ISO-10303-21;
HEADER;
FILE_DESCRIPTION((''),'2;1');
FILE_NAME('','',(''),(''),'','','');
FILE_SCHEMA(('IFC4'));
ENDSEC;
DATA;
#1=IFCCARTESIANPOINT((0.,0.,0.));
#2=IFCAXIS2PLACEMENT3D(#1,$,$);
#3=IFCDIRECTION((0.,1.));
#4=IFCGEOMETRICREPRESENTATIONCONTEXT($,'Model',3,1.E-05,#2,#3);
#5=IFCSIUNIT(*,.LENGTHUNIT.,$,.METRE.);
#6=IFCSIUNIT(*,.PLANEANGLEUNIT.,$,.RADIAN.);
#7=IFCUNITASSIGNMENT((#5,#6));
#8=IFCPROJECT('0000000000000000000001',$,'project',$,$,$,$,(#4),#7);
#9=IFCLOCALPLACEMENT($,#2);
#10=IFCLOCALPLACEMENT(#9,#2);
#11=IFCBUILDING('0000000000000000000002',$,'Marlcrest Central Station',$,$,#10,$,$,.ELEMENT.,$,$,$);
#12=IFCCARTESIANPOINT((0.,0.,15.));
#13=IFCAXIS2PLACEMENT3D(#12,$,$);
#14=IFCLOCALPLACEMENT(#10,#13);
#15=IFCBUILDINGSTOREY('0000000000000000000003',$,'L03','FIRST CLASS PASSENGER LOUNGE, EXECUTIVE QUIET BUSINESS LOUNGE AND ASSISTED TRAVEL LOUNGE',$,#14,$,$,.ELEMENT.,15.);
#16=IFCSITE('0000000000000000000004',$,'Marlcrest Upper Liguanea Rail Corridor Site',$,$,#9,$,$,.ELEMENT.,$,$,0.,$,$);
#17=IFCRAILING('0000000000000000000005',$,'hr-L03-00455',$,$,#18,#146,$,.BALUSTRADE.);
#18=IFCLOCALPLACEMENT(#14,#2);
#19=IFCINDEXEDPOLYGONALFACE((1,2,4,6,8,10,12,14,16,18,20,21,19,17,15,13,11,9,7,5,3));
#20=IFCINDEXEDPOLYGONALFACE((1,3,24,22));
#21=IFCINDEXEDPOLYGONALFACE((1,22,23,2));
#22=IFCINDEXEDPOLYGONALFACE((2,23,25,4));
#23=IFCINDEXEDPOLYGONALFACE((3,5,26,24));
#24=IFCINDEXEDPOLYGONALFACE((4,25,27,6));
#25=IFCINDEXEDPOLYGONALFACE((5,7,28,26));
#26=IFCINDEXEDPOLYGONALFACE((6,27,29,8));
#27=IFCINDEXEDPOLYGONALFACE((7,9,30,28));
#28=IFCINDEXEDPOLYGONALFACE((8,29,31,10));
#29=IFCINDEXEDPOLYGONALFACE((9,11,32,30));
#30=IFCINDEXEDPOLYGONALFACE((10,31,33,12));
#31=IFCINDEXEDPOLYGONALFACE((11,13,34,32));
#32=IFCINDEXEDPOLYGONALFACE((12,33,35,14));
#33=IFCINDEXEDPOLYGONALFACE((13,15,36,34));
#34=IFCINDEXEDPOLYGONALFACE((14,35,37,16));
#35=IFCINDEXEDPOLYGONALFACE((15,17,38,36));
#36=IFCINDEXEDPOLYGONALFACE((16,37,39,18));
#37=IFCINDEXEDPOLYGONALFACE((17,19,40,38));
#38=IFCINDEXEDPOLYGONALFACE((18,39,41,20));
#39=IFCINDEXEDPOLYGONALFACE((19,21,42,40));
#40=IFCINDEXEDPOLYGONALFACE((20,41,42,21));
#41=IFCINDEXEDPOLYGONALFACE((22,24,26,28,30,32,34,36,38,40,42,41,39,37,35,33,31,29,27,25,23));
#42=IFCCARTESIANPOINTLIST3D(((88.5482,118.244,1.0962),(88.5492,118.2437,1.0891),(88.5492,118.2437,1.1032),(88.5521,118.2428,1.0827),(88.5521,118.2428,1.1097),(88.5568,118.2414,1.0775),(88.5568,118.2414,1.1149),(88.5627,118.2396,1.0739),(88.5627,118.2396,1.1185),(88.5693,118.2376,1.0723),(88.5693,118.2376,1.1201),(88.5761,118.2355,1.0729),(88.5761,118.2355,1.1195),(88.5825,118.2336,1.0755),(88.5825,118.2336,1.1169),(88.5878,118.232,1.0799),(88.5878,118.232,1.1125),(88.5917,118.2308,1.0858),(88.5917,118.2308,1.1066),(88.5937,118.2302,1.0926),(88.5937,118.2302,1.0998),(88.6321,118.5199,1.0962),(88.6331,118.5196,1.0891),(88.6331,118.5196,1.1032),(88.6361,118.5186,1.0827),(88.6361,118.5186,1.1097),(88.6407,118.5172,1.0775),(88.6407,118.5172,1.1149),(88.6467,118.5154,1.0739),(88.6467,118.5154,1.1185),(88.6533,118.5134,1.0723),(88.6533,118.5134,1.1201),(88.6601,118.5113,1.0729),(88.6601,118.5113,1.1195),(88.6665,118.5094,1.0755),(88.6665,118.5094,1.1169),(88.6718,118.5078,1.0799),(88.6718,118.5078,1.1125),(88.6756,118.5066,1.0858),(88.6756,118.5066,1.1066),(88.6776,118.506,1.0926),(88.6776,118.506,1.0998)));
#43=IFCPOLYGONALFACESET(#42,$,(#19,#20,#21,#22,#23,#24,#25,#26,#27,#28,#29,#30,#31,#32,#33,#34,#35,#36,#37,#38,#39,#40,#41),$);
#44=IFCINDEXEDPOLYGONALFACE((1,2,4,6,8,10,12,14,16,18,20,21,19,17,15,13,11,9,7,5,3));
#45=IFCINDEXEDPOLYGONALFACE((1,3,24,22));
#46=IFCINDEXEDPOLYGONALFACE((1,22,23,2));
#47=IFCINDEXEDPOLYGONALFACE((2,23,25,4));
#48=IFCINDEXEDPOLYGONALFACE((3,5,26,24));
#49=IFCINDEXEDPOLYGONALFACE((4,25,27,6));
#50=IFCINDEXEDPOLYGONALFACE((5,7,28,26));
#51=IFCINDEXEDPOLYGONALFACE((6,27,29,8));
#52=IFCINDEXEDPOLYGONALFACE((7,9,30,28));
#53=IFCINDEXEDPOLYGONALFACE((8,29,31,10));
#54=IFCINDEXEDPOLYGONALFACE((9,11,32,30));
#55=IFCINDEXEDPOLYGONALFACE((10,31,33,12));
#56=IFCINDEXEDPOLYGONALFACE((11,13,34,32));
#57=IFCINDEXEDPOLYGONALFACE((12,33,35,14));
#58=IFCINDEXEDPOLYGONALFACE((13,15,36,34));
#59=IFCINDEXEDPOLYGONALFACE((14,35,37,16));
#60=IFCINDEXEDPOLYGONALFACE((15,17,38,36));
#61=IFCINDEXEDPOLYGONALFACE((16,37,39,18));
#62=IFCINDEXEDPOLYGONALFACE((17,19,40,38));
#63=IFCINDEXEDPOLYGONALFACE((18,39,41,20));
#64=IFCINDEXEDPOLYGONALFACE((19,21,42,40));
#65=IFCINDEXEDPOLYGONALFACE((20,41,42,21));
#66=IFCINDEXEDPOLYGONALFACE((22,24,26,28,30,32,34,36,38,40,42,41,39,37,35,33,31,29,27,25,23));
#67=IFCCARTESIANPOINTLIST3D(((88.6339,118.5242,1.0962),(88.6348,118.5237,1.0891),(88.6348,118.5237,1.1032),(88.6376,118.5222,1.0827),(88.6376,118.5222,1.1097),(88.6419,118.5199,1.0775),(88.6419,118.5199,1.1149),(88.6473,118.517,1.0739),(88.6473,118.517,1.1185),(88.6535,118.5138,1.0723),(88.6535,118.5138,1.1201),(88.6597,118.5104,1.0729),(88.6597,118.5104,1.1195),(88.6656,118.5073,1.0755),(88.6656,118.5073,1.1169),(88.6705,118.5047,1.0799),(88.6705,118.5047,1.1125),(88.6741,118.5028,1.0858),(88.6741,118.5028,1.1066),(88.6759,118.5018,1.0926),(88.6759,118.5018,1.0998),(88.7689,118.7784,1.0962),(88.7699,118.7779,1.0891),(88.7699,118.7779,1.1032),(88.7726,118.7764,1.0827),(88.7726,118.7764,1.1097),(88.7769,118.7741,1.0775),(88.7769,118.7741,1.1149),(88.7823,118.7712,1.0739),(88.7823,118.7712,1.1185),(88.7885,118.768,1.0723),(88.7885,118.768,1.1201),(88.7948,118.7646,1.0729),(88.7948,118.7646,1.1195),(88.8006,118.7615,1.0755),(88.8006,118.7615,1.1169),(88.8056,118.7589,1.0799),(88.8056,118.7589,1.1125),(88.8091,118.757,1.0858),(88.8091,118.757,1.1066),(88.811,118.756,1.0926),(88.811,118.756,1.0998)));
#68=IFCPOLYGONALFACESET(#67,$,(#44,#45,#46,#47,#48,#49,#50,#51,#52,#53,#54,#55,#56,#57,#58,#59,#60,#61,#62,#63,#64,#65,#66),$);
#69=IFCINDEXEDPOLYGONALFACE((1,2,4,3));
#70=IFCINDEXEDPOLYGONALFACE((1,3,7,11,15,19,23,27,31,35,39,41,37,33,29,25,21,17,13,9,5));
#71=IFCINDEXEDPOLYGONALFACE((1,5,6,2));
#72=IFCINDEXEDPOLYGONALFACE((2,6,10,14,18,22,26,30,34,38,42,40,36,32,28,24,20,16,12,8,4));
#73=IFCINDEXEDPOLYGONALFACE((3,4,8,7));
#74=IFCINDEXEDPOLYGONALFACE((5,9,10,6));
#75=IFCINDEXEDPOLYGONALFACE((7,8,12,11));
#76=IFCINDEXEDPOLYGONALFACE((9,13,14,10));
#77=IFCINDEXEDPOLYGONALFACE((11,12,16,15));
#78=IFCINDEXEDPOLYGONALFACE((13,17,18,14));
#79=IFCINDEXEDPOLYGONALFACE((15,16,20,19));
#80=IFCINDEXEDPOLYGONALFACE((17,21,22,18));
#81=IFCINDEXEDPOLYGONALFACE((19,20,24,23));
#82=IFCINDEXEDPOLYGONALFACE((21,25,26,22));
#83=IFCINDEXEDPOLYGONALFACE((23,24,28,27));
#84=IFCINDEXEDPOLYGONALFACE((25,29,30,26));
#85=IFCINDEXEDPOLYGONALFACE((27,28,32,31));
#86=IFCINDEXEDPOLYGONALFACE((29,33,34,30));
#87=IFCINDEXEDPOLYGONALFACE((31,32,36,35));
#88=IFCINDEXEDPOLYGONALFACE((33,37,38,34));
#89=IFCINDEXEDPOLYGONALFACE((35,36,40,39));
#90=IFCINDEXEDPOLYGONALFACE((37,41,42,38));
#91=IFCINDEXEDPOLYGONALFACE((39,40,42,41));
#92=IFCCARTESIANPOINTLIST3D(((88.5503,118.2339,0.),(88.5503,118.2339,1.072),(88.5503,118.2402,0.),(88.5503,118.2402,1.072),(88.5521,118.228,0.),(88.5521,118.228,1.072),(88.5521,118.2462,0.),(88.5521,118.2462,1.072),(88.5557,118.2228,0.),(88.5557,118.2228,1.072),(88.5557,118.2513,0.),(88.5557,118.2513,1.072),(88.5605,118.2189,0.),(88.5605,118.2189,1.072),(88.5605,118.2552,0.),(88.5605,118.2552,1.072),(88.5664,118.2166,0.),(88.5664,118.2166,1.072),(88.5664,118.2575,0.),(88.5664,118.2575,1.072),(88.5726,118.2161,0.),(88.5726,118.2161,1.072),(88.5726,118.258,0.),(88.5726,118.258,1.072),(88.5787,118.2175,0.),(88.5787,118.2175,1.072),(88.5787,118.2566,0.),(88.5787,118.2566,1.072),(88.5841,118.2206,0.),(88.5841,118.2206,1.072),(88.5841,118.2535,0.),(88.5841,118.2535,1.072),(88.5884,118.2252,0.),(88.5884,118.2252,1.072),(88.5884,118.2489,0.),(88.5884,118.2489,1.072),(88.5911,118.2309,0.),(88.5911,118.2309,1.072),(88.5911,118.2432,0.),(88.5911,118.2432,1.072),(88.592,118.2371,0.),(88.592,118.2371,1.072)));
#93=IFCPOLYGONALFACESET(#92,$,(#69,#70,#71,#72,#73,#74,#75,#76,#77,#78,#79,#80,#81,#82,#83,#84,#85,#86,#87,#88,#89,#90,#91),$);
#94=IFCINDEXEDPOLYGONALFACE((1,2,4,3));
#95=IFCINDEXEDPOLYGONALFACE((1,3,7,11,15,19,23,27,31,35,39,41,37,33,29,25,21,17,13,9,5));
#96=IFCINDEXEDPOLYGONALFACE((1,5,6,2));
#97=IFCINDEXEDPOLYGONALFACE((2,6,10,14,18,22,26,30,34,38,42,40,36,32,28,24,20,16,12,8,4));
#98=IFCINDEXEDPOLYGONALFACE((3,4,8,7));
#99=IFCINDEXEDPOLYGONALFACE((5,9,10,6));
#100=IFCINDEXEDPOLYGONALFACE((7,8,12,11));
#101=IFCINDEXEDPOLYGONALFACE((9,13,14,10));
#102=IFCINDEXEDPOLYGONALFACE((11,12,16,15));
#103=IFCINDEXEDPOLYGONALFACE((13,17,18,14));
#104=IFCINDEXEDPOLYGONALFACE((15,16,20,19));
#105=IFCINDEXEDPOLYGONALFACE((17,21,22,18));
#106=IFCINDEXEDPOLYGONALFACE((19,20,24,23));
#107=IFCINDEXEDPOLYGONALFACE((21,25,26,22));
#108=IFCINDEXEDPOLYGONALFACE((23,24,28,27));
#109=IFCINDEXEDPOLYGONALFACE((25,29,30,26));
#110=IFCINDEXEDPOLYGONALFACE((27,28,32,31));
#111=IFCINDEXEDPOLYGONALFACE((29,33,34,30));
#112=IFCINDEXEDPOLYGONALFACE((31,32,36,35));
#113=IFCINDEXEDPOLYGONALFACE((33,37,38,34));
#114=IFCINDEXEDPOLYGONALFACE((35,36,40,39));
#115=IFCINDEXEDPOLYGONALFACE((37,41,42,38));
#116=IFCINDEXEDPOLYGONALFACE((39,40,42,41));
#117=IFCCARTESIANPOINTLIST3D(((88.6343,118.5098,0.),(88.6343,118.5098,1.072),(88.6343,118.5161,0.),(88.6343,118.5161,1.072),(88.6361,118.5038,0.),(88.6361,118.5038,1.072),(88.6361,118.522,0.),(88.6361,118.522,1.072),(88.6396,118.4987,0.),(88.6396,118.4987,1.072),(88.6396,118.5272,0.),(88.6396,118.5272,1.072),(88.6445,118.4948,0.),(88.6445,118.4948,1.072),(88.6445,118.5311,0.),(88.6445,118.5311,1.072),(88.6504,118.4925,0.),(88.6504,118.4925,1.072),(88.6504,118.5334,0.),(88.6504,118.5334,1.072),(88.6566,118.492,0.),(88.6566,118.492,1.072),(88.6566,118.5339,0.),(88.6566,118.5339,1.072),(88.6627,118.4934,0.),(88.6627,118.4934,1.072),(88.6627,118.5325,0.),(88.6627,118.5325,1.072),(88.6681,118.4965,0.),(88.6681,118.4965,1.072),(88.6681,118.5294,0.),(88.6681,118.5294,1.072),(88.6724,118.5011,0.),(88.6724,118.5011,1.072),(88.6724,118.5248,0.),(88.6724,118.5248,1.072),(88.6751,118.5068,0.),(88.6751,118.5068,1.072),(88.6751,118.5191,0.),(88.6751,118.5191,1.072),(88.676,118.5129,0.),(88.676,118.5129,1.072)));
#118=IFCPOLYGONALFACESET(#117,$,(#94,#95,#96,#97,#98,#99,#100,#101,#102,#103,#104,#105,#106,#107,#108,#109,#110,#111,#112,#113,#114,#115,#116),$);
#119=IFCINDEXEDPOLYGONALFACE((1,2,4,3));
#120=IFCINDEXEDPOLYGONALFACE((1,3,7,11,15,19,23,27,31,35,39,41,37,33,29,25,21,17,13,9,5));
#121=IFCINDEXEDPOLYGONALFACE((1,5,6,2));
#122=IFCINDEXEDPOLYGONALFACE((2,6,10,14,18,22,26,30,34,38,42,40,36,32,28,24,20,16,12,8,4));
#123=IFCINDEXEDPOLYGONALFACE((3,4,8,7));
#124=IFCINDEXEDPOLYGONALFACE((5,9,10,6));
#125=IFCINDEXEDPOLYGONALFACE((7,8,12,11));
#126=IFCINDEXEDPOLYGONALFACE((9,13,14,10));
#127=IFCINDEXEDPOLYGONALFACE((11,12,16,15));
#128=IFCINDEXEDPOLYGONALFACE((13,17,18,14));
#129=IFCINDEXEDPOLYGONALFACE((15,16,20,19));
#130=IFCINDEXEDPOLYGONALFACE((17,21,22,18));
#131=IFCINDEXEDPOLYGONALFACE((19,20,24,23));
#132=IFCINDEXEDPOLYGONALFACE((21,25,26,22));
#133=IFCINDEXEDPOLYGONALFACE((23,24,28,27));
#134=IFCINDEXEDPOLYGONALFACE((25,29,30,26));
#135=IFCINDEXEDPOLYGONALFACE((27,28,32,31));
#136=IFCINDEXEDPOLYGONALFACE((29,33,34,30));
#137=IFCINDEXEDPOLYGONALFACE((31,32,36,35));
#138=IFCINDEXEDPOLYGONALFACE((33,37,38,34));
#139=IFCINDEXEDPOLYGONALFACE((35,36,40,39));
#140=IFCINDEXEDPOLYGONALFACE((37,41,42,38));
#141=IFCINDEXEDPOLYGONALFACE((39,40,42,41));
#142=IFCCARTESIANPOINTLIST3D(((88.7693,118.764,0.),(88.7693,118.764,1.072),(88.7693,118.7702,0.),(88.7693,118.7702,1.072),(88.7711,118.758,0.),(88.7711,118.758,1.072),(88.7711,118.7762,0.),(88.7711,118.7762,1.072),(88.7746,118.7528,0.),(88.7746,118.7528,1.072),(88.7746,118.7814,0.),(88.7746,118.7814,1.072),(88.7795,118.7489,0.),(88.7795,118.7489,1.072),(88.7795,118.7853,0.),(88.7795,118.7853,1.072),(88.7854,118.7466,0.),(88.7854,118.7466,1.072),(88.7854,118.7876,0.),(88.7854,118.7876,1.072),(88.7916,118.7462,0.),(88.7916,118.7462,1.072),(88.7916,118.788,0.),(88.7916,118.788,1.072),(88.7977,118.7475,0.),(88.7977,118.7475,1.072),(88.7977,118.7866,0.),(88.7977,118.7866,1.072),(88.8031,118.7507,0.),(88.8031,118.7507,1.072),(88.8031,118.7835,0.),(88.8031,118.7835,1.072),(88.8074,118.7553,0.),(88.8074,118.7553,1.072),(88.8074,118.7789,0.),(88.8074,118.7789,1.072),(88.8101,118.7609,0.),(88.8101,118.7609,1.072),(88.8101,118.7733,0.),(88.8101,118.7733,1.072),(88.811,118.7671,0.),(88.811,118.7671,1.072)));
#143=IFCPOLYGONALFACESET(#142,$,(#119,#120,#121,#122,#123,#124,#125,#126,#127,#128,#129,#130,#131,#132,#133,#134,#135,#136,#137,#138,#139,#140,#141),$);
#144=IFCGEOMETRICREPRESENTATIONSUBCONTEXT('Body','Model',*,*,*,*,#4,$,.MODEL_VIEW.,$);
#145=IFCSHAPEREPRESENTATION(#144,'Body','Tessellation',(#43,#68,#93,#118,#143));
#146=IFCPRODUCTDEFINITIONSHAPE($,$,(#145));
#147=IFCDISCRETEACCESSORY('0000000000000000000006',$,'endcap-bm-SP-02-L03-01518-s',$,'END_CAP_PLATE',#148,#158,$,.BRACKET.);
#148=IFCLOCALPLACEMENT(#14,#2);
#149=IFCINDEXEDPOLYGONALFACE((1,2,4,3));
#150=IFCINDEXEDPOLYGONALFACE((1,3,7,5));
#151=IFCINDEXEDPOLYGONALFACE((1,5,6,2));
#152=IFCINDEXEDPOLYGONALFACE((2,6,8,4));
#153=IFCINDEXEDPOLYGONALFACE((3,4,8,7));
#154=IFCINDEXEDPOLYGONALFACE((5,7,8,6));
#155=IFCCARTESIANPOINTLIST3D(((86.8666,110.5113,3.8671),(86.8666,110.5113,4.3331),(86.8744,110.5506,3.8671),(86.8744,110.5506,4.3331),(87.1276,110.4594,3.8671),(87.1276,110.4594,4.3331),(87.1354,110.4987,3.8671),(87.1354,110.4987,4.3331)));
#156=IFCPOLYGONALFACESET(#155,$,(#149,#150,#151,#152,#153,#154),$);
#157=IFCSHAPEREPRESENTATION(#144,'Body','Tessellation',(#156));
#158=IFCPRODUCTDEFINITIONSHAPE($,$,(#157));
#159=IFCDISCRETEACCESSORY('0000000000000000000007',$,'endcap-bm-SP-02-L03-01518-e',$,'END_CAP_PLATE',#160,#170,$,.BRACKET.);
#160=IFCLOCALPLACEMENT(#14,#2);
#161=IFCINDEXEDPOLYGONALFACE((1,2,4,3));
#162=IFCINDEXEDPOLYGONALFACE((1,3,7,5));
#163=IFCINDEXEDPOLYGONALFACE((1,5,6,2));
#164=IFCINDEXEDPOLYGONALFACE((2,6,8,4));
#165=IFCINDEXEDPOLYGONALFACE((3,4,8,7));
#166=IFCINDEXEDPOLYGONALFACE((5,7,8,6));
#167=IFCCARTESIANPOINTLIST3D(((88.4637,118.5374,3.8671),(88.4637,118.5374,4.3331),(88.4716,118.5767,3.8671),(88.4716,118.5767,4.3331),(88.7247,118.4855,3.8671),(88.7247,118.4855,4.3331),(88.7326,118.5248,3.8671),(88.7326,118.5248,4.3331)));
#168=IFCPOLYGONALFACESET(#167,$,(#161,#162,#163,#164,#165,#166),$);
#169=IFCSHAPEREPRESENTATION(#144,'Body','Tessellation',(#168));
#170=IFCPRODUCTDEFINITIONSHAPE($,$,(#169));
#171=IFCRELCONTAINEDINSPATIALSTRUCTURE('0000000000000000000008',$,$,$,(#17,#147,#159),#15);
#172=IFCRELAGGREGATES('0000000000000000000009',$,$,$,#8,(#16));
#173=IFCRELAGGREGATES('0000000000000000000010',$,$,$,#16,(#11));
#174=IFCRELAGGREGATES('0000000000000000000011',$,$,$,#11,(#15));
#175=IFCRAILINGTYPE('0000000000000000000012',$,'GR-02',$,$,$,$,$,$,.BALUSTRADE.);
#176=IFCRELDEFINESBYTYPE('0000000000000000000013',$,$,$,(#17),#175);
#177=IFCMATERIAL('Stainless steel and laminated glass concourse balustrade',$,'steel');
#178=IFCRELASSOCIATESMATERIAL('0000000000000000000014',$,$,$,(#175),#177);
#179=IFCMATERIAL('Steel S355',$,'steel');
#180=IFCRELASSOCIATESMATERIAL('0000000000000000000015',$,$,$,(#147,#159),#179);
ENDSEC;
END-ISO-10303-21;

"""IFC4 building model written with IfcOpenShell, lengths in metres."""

from ifc_helpers import new_model, si_unit, direction, frame, origin, origin_2d, place, context, subcontext, project, spatial, rectangle, circle, extrude, material, type_object, element, save


model = new_model("IFC4")

# Units and contexts
model_context = context("Model", 3, precision=1e-05, world=origin(), true_north=direction((0.0, 1.0)))
body_context = subcontext(model_context, "Body", "Model", "MODEL_VIEW")
ifc_project = project(units=[si_unit("LENGTHUNIT", "METRE"), si_unit("PLANEANGLEUNIT", "RADIAN")], contexts=[model_context])

# Site, building, storey
site_placement = place(None, origin())
site = spatial("IfcSite", under=ifc_project, at=site_placement, Name="Marlcrest Upper Liguanea Rail Corridor Site", CompositionType="ELEMENT", RefElevation=0.0)
building_placement = place(site_placement, origin())
building = spatial("IfcBuilding", under=site, at=building_placement, Name="Marlcrest Central Station", CompositionType="ELEMENT")
storey_placement = place(building_placement, frame((0.0, 0.0, 15.0)))
storey = spatial("IfcBuildingStorey", under=building, at=storey_placement, Name="L03", Description="FIRST CLASS PASSENGER LOUNGE, EXECUTIVE QUIET BUSINESS LOUNGE AND ASSISTED TRAVEL LOUNGE", CompositionType="ELEMENT", Elevation=15.0)

# Shared definitions
ifc_material_1 = material(Name="Steel S355", Category="steel")

# Railing
ifc_material_2 = material(Name="Stainless steel and laminated glass concourse balustrade", Category="steel")
railing_type = type_object("IfcRailingType", Name="GR-02", PredefinedType="BALUSTRADE", material=ifc_material_2)
railing_1_placement = place(storey_placement, frame((88.571, 118.2371, 0.0)))
element("IfcRailing", 1, at=railing_1_placement, inside=storey, type_object=railing_type, Name="hr-L03-00455", PredefinedType="BALUSTRADE", context=body_context, shape_type="SweptSolid", body=[
    extrude(circle(Radius=0.0239, at=origin_2d()), frame((0.0, 0.0, 1.0962), z_axis=(0.291229, 0.956653, 0.0), x_axis=(-0.956653, 0.291229, 0.0)), (0.0, 0.0, 1.0), 0.2883),
    extrude(circle(Radius=0.0239, at=origin_2d()), frame((0.084, 0.2759, 1.0962), z_axis=(0.469135, 0.883127, 0.0), x_axis=(-0.883127, 0.469135, 0.0)), (0.0, 0.0, 1.0), 0.2878),
    extrude(circle(Radius=0.021, at=origin_2d()), origin(), (0.0, 0.0, 1.0), 1.072),
    extrude(circle(Radius=0.021, at=origin_2d()), frame((0.084, 0.2759, 0.0)), (0.0, 0.0, 1.0), 1.072),
    extrude(circle(Radius=0.021, at=origin_2d()), frame((0.219, 0.53, 0.0)), (0.0, 0.0, 1.0), 1.072),
])

# Discrete accessories
for number, where, z_axis, x_axis, name in (
    (2, (86.9971, 110.4854, 4.1001), (0.195171, 0.980769, 0.0), (-0.980769, 0.195171, 0.0), "endcap-bm-SP-02-L03-01518-s"),
    (3, (88.5942, 118.5115, 4.1001), (0.195171, 0.980769, 0.0), (-0.980769, 0.195171, 0.0), "endcap-bm-SP-02-L03-01518-e"),
):
    element("IfcDiscreteAccessory", number, at=place(storey_placement, frame(where, z_axis=z_axis, x_axis=x_axis)), inside=storey, material=ifc_material_1, Name=name, ObjectType="END_CAP_PLATE", PredefinedType="BRACKET", context=body_context, shape_type="SweptSolid", body=[
        extrude(rectangle(XDim=0.2661, YDim=0.4661, at=origin_2d()), origin(), (0.0, 0.0, 1.0), 0.04),
    ])

save(model, "model.ifc")
